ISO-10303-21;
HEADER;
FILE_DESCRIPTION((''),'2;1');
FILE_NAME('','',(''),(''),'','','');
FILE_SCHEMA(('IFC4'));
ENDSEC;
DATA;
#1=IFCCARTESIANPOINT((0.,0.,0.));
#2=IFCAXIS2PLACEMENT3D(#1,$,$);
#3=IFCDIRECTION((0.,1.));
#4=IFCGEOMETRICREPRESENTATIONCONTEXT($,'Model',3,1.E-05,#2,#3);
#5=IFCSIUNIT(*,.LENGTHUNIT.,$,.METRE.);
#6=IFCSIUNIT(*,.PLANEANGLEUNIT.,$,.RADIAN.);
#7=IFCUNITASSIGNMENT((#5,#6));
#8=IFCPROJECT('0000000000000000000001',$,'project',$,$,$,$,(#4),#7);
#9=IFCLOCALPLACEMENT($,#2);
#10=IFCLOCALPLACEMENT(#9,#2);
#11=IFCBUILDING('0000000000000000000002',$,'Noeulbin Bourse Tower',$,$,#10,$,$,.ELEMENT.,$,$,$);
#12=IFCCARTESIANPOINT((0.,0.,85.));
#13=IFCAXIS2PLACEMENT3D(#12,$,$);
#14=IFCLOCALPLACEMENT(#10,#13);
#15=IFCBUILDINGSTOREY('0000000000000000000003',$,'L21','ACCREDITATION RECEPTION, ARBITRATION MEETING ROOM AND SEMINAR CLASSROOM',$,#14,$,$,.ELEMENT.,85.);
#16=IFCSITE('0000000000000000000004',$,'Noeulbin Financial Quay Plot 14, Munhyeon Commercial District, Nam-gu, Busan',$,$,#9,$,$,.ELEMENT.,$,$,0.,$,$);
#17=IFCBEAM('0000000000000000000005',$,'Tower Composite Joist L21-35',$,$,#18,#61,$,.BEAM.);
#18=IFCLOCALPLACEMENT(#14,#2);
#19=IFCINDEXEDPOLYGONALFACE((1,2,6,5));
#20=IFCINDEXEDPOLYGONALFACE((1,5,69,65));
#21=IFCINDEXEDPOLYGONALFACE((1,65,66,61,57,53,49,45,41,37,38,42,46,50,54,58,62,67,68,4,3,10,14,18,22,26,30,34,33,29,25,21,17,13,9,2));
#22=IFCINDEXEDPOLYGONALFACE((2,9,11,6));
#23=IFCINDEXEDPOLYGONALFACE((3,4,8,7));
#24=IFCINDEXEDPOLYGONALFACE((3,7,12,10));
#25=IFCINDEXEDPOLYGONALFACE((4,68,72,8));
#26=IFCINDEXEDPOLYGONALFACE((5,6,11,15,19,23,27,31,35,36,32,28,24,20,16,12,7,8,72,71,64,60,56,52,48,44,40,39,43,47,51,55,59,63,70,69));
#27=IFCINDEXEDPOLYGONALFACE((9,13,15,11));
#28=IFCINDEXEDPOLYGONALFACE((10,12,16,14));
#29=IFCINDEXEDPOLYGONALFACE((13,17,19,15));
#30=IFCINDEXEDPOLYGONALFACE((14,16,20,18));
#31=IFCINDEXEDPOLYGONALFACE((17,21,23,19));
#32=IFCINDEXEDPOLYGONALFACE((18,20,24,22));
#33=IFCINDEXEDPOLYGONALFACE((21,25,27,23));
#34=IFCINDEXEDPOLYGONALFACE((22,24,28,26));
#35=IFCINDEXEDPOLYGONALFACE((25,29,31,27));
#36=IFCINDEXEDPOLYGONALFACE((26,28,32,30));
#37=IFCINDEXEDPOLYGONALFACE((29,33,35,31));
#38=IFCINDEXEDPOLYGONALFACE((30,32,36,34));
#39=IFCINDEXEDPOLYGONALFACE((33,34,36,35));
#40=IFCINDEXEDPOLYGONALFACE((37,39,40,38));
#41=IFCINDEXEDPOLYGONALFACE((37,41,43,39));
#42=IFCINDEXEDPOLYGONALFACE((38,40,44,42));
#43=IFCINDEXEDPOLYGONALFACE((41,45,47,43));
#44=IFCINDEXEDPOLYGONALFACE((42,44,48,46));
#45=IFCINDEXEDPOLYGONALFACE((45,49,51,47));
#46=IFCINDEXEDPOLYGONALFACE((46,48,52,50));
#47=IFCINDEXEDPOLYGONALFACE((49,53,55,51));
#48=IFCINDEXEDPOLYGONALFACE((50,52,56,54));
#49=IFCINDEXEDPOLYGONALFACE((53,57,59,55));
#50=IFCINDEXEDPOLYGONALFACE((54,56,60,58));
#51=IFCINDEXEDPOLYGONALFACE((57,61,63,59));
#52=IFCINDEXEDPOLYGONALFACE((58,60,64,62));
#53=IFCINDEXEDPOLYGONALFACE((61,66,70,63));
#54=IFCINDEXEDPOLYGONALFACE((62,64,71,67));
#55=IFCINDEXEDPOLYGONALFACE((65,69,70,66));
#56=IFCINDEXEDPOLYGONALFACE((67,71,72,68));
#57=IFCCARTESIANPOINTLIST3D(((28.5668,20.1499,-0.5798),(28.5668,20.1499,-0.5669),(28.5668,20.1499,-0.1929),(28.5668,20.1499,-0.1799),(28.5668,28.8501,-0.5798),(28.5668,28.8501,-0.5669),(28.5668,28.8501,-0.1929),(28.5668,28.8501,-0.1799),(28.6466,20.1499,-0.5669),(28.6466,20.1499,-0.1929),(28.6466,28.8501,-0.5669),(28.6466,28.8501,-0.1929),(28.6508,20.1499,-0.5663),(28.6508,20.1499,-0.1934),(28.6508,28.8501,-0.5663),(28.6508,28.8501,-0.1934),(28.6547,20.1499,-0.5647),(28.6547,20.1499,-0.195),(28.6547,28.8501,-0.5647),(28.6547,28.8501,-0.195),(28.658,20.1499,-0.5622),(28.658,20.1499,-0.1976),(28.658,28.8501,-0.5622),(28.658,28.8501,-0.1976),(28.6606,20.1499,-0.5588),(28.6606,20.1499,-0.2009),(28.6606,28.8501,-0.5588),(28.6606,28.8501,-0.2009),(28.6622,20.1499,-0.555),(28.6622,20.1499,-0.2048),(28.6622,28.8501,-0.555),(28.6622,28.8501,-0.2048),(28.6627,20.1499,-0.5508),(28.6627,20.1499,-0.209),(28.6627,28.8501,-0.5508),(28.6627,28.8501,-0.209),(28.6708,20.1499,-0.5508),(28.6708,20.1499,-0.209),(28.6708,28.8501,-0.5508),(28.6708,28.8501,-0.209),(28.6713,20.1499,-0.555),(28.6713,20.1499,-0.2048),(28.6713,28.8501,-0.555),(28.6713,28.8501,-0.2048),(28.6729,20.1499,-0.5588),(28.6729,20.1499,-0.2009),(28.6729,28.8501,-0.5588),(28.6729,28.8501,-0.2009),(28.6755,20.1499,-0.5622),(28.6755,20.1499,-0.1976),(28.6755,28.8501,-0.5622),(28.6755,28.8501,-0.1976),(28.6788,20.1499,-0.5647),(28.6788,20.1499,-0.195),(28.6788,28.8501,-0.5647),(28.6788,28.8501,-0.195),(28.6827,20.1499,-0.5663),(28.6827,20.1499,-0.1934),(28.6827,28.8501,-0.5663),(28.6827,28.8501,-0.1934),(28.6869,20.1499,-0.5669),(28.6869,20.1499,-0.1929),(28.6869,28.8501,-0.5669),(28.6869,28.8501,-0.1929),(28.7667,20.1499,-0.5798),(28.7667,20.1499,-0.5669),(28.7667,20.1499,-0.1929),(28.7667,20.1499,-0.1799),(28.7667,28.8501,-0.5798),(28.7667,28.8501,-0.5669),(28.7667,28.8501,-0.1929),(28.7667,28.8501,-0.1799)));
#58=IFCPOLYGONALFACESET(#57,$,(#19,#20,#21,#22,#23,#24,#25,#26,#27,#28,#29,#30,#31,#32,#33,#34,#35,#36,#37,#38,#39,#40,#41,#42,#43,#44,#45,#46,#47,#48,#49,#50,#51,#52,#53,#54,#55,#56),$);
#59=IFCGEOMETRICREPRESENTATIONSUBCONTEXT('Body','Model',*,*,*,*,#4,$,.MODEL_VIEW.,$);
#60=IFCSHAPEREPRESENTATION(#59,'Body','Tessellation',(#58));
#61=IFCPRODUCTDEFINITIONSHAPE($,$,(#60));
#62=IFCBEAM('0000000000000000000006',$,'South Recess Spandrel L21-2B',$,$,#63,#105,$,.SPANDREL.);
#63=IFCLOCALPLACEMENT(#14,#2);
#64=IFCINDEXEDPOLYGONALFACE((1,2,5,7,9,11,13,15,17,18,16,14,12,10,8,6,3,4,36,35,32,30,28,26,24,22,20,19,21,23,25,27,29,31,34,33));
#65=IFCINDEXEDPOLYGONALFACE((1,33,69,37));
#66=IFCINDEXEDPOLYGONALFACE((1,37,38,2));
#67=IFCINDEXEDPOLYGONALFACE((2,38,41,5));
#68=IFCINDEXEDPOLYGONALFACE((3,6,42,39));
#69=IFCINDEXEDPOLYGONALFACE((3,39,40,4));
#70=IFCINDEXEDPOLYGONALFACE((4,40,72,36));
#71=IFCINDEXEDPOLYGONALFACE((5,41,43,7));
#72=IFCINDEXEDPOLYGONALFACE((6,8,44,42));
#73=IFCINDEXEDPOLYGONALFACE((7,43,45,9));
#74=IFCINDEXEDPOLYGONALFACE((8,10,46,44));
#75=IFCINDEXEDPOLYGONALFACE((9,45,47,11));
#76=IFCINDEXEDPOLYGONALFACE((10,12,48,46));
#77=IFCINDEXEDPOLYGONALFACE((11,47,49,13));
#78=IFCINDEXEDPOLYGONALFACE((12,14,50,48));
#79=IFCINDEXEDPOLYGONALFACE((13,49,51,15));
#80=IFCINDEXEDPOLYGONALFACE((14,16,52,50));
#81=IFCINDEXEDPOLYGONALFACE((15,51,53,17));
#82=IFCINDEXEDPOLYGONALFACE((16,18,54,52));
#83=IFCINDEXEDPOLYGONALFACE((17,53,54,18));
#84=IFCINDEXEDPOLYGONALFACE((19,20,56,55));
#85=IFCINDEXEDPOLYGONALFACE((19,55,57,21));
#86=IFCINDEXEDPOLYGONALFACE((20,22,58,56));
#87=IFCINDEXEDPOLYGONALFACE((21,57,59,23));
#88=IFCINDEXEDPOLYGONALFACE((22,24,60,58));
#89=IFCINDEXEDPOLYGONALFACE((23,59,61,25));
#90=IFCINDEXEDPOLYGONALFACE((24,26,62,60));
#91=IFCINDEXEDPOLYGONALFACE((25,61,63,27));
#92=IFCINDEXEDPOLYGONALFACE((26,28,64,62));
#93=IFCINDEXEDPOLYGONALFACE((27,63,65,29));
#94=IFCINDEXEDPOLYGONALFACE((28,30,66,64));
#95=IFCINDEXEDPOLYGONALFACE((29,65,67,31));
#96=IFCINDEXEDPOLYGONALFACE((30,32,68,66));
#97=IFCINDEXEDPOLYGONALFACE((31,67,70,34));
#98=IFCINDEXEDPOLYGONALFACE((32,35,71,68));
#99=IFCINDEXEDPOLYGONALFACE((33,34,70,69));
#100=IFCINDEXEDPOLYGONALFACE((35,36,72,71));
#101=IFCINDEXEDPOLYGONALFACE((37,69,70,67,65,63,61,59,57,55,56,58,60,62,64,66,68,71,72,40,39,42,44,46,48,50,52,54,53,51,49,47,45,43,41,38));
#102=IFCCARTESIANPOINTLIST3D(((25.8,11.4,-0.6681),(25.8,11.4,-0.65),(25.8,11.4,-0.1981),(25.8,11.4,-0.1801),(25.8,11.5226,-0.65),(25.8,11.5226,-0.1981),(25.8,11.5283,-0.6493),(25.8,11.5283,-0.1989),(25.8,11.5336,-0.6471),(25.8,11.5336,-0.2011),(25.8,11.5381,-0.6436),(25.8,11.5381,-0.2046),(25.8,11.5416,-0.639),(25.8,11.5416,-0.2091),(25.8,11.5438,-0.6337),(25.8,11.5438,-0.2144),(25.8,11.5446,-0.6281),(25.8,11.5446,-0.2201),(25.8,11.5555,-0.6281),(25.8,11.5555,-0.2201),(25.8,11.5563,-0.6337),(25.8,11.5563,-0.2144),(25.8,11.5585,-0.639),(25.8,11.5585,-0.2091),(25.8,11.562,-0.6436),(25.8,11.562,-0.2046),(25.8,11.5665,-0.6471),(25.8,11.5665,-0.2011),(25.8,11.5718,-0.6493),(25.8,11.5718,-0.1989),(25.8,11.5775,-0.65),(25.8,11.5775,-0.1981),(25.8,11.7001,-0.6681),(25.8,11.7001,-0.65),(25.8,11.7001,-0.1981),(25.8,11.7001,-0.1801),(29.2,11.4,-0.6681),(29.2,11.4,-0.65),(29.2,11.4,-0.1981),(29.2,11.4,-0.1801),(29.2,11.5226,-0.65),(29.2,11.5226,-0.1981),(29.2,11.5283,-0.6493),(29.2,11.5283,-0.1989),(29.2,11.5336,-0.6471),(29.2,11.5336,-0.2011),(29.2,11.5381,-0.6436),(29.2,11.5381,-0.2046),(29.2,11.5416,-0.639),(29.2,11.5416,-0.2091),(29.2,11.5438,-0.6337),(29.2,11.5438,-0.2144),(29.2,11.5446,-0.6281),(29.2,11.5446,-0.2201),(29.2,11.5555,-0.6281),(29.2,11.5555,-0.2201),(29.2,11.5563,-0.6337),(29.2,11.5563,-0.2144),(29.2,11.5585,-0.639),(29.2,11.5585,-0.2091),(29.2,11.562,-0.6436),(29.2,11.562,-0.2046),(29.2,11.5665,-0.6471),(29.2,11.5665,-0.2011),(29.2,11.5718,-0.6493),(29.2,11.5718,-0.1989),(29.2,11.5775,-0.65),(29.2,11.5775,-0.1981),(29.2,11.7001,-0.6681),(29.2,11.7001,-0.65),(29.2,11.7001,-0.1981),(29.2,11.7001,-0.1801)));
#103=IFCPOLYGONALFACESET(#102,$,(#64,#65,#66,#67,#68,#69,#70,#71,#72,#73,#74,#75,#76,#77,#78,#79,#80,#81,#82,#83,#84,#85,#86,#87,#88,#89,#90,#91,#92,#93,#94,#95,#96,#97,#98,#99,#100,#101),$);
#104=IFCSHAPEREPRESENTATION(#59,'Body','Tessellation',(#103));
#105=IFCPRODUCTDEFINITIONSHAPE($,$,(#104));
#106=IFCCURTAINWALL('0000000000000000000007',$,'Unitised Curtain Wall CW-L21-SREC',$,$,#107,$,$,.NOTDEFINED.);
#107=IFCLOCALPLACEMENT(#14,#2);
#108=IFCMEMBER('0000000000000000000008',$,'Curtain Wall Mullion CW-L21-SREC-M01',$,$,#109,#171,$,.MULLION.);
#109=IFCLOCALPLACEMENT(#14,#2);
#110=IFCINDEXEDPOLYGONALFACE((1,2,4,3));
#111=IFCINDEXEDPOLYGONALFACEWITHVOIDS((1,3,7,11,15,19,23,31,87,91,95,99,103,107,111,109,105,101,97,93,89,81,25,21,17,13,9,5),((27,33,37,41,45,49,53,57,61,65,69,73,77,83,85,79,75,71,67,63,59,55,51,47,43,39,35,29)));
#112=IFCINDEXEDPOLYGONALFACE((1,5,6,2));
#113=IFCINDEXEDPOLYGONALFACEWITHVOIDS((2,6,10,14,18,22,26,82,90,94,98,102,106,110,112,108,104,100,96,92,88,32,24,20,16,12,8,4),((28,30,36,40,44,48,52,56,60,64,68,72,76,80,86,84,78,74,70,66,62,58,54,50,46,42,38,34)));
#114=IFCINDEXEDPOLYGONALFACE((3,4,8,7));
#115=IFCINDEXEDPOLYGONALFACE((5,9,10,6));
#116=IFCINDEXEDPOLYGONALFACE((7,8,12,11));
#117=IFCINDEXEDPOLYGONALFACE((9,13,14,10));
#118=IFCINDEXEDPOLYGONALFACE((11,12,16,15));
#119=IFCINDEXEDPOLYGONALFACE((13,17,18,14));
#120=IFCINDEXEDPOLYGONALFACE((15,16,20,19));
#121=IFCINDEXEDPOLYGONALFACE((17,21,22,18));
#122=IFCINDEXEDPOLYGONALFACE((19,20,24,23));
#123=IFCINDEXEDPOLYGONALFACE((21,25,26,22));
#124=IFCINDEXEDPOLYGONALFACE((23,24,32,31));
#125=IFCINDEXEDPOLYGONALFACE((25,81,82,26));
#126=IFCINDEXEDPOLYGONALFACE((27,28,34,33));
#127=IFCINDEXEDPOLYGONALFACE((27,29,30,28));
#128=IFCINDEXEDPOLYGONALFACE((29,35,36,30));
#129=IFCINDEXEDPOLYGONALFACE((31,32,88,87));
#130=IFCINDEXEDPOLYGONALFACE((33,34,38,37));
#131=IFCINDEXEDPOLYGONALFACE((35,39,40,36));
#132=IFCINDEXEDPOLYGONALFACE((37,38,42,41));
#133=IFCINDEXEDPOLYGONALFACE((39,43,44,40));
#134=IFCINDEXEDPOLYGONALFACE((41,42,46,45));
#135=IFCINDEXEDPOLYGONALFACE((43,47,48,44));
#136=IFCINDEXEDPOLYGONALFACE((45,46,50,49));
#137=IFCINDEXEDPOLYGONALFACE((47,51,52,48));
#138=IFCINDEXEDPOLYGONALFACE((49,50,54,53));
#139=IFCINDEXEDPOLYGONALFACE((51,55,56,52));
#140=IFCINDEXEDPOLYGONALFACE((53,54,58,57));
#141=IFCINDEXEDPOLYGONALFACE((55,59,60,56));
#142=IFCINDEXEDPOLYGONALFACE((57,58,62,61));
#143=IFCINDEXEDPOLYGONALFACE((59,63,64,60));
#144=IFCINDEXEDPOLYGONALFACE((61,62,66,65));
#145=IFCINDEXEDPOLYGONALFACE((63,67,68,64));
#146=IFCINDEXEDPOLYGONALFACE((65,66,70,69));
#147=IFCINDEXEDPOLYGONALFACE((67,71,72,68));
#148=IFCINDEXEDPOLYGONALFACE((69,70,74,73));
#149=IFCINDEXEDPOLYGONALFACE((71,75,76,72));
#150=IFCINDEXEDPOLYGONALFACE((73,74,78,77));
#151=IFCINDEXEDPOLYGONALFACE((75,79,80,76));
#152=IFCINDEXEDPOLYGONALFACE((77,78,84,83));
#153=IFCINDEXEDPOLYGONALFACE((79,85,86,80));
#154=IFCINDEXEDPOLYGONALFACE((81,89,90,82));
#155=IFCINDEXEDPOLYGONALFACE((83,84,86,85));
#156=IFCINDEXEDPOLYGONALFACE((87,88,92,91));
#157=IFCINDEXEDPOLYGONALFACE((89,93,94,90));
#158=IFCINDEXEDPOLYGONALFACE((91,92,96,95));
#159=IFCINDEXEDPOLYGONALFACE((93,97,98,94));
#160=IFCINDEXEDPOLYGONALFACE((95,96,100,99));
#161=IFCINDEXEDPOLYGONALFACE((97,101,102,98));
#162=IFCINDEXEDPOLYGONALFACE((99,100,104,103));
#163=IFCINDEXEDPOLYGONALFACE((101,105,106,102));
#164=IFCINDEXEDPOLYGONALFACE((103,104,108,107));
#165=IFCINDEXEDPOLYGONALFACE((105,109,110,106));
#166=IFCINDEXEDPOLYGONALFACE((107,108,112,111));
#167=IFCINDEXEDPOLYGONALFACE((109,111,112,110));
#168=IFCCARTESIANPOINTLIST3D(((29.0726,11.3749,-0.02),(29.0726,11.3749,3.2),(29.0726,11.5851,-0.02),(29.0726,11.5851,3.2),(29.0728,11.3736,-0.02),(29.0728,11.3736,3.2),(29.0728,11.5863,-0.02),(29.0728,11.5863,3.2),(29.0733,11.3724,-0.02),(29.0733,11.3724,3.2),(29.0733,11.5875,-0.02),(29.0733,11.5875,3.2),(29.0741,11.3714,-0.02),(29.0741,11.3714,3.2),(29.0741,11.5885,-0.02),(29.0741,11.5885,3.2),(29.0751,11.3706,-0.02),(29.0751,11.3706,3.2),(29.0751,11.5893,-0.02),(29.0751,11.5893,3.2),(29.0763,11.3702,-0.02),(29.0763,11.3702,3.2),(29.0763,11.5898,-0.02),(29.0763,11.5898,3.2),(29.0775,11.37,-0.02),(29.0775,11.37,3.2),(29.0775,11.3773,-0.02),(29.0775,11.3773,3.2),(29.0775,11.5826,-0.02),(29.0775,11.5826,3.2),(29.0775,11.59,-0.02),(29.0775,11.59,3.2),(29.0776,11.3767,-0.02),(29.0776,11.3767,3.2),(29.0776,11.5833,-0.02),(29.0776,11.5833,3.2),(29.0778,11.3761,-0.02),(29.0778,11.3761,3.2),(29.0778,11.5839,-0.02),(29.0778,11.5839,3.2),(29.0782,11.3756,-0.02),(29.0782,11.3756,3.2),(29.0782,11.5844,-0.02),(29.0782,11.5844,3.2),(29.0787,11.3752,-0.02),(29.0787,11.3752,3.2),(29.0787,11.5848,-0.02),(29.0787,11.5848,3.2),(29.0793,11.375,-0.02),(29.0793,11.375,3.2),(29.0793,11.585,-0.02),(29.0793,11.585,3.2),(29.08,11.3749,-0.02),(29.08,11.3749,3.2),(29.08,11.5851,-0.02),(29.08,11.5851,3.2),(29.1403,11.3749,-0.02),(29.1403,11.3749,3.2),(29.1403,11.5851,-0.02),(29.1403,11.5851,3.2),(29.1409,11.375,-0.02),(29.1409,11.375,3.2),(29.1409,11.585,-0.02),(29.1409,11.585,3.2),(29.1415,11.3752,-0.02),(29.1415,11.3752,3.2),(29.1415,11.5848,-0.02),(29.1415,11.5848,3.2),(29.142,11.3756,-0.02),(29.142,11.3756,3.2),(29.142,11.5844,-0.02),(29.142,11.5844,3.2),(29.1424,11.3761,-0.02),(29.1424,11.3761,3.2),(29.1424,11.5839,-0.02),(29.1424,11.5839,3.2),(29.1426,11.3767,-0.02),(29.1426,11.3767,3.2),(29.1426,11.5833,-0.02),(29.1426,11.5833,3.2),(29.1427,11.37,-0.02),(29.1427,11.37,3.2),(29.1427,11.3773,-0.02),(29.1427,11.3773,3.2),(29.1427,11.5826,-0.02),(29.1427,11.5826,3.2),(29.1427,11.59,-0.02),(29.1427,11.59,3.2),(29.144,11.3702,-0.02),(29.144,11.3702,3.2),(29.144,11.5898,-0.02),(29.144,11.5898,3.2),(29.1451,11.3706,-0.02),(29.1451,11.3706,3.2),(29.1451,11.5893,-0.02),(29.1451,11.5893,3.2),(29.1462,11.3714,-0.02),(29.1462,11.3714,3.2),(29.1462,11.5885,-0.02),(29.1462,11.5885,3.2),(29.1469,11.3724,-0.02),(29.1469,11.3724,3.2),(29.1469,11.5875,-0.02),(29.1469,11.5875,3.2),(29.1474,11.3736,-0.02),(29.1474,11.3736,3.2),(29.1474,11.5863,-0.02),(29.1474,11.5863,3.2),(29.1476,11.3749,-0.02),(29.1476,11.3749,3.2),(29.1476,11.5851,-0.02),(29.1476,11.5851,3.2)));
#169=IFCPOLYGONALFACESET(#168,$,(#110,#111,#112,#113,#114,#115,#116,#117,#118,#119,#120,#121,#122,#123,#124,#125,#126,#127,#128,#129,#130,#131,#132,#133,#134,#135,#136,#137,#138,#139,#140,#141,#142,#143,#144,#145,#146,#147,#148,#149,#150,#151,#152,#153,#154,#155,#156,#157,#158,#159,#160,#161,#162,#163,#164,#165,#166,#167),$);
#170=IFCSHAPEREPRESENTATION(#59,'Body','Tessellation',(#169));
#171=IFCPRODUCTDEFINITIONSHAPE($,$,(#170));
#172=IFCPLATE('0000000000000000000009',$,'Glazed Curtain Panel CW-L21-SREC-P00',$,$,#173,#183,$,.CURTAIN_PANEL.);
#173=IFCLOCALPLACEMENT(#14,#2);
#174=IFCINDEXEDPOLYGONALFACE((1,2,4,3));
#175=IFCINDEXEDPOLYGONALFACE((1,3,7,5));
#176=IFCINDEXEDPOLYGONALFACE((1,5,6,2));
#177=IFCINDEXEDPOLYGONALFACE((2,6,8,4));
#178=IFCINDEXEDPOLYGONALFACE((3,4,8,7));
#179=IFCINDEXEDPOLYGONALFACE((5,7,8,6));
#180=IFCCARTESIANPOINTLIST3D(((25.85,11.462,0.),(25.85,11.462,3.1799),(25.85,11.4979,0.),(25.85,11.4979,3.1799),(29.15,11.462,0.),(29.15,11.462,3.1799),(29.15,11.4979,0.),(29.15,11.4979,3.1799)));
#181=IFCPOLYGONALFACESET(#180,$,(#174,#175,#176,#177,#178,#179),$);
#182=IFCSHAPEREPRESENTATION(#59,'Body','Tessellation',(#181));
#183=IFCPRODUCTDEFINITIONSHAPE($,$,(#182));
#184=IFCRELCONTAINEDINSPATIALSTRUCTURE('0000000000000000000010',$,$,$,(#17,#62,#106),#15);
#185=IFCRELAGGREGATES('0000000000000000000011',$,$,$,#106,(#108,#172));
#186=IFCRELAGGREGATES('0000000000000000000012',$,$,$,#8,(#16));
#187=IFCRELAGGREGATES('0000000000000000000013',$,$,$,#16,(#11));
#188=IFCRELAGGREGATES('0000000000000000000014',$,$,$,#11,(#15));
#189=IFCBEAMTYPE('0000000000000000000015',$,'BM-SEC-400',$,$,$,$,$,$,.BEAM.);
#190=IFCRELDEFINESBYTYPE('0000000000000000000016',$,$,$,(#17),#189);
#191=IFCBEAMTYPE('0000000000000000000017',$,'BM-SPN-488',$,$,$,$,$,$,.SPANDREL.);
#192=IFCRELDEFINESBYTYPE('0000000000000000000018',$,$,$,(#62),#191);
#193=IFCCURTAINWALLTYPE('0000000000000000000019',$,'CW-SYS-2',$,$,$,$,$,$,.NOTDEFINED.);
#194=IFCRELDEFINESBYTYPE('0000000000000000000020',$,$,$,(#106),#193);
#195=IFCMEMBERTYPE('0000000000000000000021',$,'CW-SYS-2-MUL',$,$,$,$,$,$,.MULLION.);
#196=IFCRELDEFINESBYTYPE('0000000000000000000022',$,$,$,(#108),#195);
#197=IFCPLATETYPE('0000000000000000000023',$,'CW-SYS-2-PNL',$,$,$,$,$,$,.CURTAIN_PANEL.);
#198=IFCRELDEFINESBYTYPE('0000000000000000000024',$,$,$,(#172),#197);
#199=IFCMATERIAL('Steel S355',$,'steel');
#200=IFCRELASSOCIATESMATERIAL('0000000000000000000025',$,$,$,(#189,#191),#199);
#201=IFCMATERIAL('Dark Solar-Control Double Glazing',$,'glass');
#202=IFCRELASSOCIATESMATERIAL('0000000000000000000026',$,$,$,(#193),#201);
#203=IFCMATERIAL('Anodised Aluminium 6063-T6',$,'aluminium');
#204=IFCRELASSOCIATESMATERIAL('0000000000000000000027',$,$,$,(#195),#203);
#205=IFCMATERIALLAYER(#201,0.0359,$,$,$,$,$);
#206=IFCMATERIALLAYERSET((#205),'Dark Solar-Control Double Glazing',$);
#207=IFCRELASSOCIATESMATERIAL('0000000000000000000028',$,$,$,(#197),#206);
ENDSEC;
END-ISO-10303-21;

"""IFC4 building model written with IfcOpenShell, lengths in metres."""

from ifc_helpers import new_model, si_unit, direction, frame, origin, origin_2d, place, context, subcontext, project, spatial, rectangle, hollow_rectangle, i_section, extrude, material, layer, layer_set, material_profile, profile_set, type_object, element, aggregate, save


model = new_model("IFC4")

# Units and contexts
model_context = context("Model", 3, precision=1e-05, world=origin(), true_north=direction((0.0, 1.0)))
body_context = subcontext(model_context, "Body", "Model", "MODEL_VIEW")
ifc_project = project(units=[si_unit("LENGTHUNIT", "METRE"), si_unit("PLANEANGLEUNIT", "RADIAN")], contexts=[model_context])

# Site, building, storey
site_placement = place(None, origin())
site = spatial("IfcSite", under=ifc_project, at=site_placement, Name="Noeulbin Financial Quay Plot 14, Munhyeon Commercial District, Nam-gu, Busan", CompositionType="ELEMENT", RefElevation=0.0)
building_placement = place(site_placement, origin())
building = spatial("IfcBuilding", under=site, at=building_placement, Name="Noeulbin Bourse Tower", CompositionType="ELEMENT")
storey_placement = place(building_placement, frame((0.0, 0.0, 85.0)))
storey = spatial("IfcBuildingStorey", under=building, at=storey_placement, Name="L21", Description="ACCREDITATION RECEPTION, ARBITRATION MEETING ROOM AND SEMINAR CLASSROOM", CompositionType="ELEMENT", Elevation=85.0)

# Beams
ifc_material_1 = material(Name="Steel S355", Category="steel")
ifc_material_profile_1 = material_profile(ifc_material_1, i_section(OverallWidth=0.2, OverallDepth=0.3999, WebThickness=0.0081, FlangeThickness=0.0129, FilletRadius=0.0161, at=origin_2d()), Name="H-400x200x8x13", Category="LoadBearing")
ifc_profile_set_1 = profile_set([ifc_material_profile_1], Name="Steel S355")
beam_type_1 = type_object("IfcBeamType", Name="BM-SEC-400", PredefinedType="BEAM", material=ifc_profile_set_1)
beam_1_placement = place(storey_placement, frame((28.6667, 20.1499, -0.3799), z_axis=(0.0, 1.0, 0.0), x_axis=(-1.0, 0.0, 0.0)))
element("IfcBeam", 1, at=beam_1_placement, inside=storey, type_object=beam_type_1, Name="Tower Composite Joist L21-35", PredefinedType="BEAM", context=body_context, shape_type="SweptSolid", body=[
    extrude(i_section(OverallWidth=0.2, OverallDepth=0.3999, WebThickness=0.0081, FlangeThickness=0.0129, FilletRadius=0.0161, at=origin_2d()), origin(), (0.0, 0.0, 1.0), 8.7002),
])
ifc_material_profile_2 = material_profile(ifc_material_1, i_section(OverallWidth=0.3, OverallDepth=0.488, WebThickness=0.011, FlangeThickness=0.0181, FilletRadius=0.022, at=origin_2d()), Name="H-488x300x11x18", Category="LoadBearing")
ifc_profile_set_2 = profile_set([ifc_material_profile_2], Name="Steel S355")
beam_type_2 = type_object("IfcBeamType", Name="BM-SPN-488", PredefinedType="SPANDREL", material=ifc_profile_set_2)
beam_2_placement = place(storey_placement, frame((25.8, 11.55, -0.4241), z_axis=(1.0, 0.0, 0.0), x_axis=(0.0, 1.0, 0.0)))
element("IfcBeam", 2, at=beam_2_placement, inside=storey, type_object=beam_type_2, Name="South Recess Spandrel L21-2B", PredefinedType="SPANDREL", context=body_context, shape_type="SweptSolid", body=[
    extrude(i_section(OverallWidth=0.3, OverallDepth=0.488, WebThickness=0.011, FlangeThickness=0.0181, FilletRadius=0.022, at=origin_2d()), origin(), (0.0, 0.0, 1.0), 3.3999),
])

# Curtain wall, member, plate
ifc_material_2 = material(Name="Dark Solar-Control Double Glazing", Category="glass")
curtain_wall_type = type_object("IfcCurtainWallType", Name="CW-SYS-2", PredefinedType="NOTDEFINED", material=ifc_material_2)
curtain_wall_placement = place(storey_placement, origin())
curtain_wall = element("IfcCurtainWall", 3, at=curtain_wall_placement, inside=storey, type_object=curtain_wall_type, Name="Unitised Curtain Wall CW-L21-SREC", PredefinedType="NOTDEFINED")
ifc_material_3 = material(Name="Anodised Aluminium 6063-T6", Category="aluminium")
ifc_material_profile_3 = material_profile(ifc_material_3, hollow_rectangle(XDim=0.075, YDim=0.22, WallThickness=0.0049, InnerFilletRadius=0.0024, OuterFilletRadius=0.0049, at=origin_2d()), Name="ALU-MULL-75x220x5", Category="LoadBearing")
ifc_profile_set_3 = profile_set([ifc_material_profile_3], Name="Anodised Aluminium 6063-T6")
member_type = type_object("IfcMemberType", Name="CW-SYS-2-MUL", PredefinedType="MULLION", material=ifc_profile_set_3)
member_placement = place(storey_placement, frame((29.1101, 11.48, -0.02), z_axis=(0.0, 0.0, 1.0), x_axis=(1.0, 0.0, 0.0)))
member = element("IfcMember", 4, at=member_placement, type_object=member_type, Name="Curtain Wall Mullion CW-L21-SREC-M01", PredefinedType="MULLION", context=body_context, shape_type="SweptSolid", body=[
    extrude(hollow_rectangle(XDim=0.075, YDim=0.22, WallThickness=0.0049, InnerFilletRadius=0.0024, OuterFilletRadius=0.0049, at=origin_2d()), origin(), (0.0, 0.0, 1.0), 3.22),
])
ifc_layer_1 = layer(ifc_material_2, 0.0359)
ifc_layer_set_1 = layer_set([ifc_layer_1], Name="Dark Solar-Control Double Glazing")
plate_type_1 = type_object("IfcPlateType", Name="CW-SYS-2-PNL", PredefinedType="CURTAIN_PANEL", material=ifc_layer_set_1)
plate_1_placement = place(storey_placement, frame((27.5, 11.48, 0.0), z_axis=(0.0, 0.0, 1.0), x_axis=(1.0, 0.0, 0.0)))
plate_1 = element("IfcPlate", 5, at=plate_1_placement, type_object=plate_type_1, Name="Glazed Curtain Panel CW-L21-SREC-P00", PredefinedType="CURTAIN_PANEL", context=body_context, shape_type="SweptSolid", body=[
    extrude(rectangle(XDim=3.3, YDim=0.0359, at=origin_2d()), origin(), (0.0, 0.0, 1.0), 3.1799),
])
aggregate(curtain_wall, [member, plate_1])

save(model, "model.ifc")
